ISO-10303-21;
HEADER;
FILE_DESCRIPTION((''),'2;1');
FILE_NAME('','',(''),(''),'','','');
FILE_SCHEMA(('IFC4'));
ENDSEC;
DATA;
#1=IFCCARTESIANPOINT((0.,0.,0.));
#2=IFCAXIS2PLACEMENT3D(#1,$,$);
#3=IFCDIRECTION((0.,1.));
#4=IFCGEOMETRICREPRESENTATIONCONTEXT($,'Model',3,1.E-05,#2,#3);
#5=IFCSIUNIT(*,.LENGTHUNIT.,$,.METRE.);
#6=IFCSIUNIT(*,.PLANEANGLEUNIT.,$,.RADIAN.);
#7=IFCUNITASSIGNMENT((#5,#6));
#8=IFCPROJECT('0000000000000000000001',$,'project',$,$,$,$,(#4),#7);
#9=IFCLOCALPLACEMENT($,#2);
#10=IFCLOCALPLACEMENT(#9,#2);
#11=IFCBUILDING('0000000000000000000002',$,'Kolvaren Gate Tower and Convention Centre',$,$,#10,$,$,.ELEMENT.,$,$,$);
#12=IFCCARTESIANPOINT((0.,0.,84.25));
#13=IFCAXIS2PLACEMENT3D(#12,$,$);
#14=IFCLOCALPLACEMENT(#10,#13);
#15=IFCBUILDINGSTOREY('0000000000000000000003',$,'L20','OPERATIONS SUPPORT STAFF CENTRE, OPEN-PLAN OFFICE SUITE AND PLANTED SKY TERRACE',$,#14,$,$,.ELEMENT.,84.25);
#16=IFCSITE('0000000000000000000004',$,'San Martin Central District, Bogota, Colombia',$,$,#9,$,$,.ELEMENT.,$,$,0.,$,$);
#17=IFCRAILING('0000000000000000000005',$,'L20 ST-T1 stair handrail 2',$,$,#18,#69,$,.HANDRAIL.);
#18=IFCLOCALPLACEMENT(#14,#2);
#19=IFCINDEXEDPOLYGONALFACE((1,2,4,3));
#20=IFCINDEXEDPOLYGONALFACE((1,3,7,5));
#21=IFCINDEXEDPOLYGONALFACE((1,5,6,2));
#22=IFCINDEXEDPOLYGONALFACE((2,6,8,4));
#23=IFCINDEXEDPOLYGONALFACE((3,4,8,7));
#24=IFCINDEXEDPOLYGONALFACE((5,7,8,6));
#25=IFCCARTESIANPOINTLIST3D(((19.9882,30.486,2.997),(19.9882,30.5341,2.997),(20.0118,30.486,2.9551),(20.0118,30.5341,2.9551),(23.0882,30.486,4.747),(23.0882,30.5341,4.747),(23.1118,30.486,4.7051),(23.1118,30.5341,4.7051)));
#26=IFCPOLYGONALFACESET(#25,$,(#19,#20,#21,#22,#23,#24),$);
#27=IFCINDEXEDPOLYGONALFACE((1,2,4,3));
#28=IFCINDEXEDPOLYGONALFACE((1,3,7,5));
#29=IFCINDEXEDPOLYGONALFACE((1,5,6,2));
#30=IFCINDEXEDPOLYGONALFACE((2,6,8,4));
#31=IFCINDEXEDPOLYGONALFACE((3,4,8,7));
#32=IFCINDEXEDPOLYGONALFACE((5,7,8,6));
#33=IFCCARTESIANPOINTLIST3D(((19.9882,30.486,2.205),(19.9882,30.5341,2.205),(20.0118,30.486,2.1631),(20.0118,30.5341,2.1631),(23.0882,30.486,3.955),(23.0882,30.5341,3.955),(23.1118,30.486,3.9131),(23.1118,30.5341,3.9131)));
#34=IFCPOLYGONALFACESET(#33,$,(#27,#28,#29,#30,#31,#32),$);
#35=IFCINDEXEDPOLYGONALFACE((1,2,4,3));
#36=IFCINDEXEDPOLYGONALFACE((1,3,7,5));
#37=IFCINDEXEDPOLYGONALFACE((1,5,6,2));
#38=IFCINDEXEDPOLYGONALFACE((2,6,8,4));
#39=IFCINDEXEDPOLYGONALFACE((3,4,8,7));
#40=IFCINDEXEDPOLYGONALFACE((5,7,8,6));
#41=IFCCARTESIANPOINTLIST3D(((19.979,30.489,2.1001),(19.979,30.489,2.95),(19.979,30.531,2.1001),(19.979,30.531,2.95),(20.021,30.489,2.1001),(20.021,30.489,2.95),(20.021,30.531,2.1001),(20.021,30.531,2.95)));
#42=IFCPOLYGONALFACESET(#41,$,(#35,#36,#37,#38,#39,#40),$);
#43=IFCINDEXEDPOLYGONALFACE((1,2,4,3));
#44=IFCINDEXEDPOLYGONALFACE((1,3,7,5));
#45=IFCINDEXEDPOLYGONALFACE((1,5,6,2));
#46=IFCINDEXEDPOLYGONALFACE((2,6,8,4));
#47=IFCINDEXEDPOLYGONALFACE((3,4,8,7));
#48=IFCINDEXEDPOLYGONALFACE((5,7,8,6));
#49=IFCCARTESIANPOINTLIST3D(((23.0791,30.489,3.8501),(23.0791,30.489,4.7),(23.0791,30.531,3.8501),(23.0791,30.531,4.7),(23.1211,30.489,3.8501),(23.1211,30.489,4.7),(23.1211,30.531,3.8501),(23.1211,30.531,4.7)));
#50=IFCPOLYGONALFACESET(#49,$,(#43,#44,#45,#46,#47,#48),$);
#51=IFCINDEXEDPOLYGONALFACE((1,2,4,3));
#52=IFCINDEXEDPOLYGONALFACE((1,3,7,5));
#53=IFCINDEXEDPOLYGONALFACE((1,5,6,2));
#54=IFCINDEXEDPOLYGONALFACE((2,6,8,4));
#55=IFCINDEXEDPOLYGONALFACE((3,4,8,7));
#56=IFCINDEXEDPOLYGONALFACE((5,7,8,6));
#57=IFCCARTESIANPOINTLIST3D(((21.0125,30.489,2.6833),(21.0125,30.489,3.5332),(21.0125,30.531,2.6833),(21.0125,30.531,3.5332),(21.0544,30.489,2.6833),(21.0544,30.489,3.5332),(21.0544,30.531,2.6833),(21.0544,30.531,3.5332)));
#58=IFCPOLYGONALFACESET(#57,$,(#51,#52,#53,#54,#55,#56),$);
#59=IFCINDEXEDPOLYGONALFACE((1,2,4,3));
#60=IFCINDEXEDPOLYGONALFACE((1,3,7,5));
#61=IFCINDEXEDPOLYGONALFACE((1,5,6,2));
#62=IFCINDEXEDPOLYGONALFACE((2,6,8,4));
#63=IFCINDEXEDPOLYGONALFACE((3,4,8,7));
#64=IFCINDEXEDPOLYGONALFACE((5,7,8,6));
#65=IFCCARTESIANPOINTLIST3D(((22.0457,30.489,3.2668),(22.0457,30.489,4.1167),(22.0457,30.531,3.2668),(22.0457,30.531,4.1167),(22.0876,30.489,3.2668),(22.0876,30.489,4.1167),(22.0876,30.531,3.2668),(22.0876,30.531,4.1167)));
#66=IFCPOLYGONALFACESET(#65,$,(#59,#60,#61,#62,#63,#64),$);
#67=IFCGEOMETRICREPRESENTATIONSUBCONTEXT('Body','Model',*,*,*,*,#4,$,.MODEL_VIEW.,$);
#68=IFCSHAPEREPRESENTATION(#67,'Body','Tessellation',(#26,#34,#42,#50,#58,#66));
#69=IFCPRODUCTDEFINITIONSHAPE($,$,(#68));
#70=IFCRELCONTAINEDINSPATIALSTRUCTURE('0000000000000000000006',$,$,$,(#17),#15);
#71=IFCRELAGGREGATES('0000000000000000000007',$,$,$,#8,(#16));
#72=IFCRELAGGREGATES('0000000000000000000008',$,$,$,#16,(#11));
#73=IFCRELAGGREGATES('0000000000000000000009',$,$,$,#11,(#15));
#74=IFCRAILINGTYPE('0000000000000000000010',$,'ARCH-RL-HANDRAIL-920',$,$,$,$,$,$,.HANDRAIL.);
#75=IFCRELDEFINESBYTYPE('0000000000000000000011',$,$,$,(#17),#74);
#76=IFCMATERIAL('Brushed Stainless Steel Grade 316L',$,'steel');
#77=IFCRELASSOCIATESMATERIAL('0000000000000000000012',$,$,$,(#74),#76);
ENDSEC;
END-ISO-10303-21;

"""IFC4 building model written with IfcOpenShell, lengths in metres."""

from ifc_helpers import new_model, si_unit, direction, frame, origin, origin_2d, place, context, subcontext, project, spatial, rectangle, extrude, material, type_object, element, save


model = new_model("IFC4")

# Units and contexts
model_context = context("Model", 3, precision=1e-05, world=origin(), true_north=direction((0.0, 1.0)))
body_context = subcontext(model_context, "Body", "Model", "MODEL_VIEW")
ifc_project = project(units=[si_unit("LENGTHUNIT", "METRE"), si_unit("PLANEANGLEUNIT", "RADIAN")], contexts=[model_context])

# Site, building, storey
site_placement = place(None, origin())
site = spatial("IfcSite", under=ifc_project, at=site_placement, Name="San Martin Central District, Bogota, Colombia", CompositionType="ELEMENT", RefElevation=0.0)
building_placement = place(site_placement, origin())
building = spatial("IfcBuilding", under=site, at=building_placement, Name="Kolvaren Gate Tower and Convention Centre", CompositionType="ELEMENT")
storey_placement = place(building_placement, frame((0.0, 0.0, 84.25)))
storey = spatial("IfcBuildingStorey", under=building, at=storey_placement, Name="L20", Description="OPERATIONS SUPPORT STAFF CENTRE, OPEN-PLAN OFFICE SUITE AND PLANTED SKY TERRACE", CompositionType="ELEMENT", Elevation=84.25)

# Shared definitions
ifc_material_1 = material(Name="Brushed Stainless Steel Grade 316L", Category="steel")

# Railing
railing_type_1 = type_object("IfcRailingType", Name="ARCH-RL-HANDRAIL-920", PredefinedType="HANDRAIL", material=ifc_material_1)
railing_1_placement = place(storey_placement, frame((20.0, 30.51, 2.1001)))
element("IfcRailing", 1, at=railing_1_placement, inside=storey, type_object=railing_type_1, Name="L20 ST-T1 stair handrail 2", PredefinedType="HANDRAIL", context=body_context, shape_type="SweptSolid", body=[
    extrude(rectangle(XDim=0.0481, YDim=0.0481, at=origin_2d()), frame((0.0, 0.0, 0.876), z_axis=(0.870831, 0.0, 0.491583), x_axis=(0.0, 1.0, 0.0)), (0.0, 0.0, 1.0), 3.5598),
    extrude(rectangle(XDim=0.0481, YDim=0.0481, at=origin_2d()), frame((0.0, 0.0, 0.084), z_axis=(0.870831, 0.0, 0.491583), x_axis=(0.0, 1.0, 0.0)), (0.0, 0.0, 1.0), 3.5598),
    extrude(rectangle(XDim=0.042, YDim=0.042, at=origin_2d()), origin(), (0.0, 0.0, 1.0), 0.8499),
    extrude(rectangle(XDim=0.042, YDim=0.042, at=origin_2d()), frame((3.1001, 0.0, 1.75)), (0.0, 0.0, 1.0), 0.8499),
    extrude(rectangle(XDim=0.042, YDim=0.042, at=origin_2d()), frame((1.0334, 0.0, 0.5833)), (0.0, 0.0, 1.0), 0.8499),
    extrude(rectangle(XDim=0.042, YDim=0.042, at=origin_2d()), frame((2.0667, 0.0, 1.1667)), (0.0, 0.0, 1.0), 0.8499),
])

save(model, "model.ifc")
